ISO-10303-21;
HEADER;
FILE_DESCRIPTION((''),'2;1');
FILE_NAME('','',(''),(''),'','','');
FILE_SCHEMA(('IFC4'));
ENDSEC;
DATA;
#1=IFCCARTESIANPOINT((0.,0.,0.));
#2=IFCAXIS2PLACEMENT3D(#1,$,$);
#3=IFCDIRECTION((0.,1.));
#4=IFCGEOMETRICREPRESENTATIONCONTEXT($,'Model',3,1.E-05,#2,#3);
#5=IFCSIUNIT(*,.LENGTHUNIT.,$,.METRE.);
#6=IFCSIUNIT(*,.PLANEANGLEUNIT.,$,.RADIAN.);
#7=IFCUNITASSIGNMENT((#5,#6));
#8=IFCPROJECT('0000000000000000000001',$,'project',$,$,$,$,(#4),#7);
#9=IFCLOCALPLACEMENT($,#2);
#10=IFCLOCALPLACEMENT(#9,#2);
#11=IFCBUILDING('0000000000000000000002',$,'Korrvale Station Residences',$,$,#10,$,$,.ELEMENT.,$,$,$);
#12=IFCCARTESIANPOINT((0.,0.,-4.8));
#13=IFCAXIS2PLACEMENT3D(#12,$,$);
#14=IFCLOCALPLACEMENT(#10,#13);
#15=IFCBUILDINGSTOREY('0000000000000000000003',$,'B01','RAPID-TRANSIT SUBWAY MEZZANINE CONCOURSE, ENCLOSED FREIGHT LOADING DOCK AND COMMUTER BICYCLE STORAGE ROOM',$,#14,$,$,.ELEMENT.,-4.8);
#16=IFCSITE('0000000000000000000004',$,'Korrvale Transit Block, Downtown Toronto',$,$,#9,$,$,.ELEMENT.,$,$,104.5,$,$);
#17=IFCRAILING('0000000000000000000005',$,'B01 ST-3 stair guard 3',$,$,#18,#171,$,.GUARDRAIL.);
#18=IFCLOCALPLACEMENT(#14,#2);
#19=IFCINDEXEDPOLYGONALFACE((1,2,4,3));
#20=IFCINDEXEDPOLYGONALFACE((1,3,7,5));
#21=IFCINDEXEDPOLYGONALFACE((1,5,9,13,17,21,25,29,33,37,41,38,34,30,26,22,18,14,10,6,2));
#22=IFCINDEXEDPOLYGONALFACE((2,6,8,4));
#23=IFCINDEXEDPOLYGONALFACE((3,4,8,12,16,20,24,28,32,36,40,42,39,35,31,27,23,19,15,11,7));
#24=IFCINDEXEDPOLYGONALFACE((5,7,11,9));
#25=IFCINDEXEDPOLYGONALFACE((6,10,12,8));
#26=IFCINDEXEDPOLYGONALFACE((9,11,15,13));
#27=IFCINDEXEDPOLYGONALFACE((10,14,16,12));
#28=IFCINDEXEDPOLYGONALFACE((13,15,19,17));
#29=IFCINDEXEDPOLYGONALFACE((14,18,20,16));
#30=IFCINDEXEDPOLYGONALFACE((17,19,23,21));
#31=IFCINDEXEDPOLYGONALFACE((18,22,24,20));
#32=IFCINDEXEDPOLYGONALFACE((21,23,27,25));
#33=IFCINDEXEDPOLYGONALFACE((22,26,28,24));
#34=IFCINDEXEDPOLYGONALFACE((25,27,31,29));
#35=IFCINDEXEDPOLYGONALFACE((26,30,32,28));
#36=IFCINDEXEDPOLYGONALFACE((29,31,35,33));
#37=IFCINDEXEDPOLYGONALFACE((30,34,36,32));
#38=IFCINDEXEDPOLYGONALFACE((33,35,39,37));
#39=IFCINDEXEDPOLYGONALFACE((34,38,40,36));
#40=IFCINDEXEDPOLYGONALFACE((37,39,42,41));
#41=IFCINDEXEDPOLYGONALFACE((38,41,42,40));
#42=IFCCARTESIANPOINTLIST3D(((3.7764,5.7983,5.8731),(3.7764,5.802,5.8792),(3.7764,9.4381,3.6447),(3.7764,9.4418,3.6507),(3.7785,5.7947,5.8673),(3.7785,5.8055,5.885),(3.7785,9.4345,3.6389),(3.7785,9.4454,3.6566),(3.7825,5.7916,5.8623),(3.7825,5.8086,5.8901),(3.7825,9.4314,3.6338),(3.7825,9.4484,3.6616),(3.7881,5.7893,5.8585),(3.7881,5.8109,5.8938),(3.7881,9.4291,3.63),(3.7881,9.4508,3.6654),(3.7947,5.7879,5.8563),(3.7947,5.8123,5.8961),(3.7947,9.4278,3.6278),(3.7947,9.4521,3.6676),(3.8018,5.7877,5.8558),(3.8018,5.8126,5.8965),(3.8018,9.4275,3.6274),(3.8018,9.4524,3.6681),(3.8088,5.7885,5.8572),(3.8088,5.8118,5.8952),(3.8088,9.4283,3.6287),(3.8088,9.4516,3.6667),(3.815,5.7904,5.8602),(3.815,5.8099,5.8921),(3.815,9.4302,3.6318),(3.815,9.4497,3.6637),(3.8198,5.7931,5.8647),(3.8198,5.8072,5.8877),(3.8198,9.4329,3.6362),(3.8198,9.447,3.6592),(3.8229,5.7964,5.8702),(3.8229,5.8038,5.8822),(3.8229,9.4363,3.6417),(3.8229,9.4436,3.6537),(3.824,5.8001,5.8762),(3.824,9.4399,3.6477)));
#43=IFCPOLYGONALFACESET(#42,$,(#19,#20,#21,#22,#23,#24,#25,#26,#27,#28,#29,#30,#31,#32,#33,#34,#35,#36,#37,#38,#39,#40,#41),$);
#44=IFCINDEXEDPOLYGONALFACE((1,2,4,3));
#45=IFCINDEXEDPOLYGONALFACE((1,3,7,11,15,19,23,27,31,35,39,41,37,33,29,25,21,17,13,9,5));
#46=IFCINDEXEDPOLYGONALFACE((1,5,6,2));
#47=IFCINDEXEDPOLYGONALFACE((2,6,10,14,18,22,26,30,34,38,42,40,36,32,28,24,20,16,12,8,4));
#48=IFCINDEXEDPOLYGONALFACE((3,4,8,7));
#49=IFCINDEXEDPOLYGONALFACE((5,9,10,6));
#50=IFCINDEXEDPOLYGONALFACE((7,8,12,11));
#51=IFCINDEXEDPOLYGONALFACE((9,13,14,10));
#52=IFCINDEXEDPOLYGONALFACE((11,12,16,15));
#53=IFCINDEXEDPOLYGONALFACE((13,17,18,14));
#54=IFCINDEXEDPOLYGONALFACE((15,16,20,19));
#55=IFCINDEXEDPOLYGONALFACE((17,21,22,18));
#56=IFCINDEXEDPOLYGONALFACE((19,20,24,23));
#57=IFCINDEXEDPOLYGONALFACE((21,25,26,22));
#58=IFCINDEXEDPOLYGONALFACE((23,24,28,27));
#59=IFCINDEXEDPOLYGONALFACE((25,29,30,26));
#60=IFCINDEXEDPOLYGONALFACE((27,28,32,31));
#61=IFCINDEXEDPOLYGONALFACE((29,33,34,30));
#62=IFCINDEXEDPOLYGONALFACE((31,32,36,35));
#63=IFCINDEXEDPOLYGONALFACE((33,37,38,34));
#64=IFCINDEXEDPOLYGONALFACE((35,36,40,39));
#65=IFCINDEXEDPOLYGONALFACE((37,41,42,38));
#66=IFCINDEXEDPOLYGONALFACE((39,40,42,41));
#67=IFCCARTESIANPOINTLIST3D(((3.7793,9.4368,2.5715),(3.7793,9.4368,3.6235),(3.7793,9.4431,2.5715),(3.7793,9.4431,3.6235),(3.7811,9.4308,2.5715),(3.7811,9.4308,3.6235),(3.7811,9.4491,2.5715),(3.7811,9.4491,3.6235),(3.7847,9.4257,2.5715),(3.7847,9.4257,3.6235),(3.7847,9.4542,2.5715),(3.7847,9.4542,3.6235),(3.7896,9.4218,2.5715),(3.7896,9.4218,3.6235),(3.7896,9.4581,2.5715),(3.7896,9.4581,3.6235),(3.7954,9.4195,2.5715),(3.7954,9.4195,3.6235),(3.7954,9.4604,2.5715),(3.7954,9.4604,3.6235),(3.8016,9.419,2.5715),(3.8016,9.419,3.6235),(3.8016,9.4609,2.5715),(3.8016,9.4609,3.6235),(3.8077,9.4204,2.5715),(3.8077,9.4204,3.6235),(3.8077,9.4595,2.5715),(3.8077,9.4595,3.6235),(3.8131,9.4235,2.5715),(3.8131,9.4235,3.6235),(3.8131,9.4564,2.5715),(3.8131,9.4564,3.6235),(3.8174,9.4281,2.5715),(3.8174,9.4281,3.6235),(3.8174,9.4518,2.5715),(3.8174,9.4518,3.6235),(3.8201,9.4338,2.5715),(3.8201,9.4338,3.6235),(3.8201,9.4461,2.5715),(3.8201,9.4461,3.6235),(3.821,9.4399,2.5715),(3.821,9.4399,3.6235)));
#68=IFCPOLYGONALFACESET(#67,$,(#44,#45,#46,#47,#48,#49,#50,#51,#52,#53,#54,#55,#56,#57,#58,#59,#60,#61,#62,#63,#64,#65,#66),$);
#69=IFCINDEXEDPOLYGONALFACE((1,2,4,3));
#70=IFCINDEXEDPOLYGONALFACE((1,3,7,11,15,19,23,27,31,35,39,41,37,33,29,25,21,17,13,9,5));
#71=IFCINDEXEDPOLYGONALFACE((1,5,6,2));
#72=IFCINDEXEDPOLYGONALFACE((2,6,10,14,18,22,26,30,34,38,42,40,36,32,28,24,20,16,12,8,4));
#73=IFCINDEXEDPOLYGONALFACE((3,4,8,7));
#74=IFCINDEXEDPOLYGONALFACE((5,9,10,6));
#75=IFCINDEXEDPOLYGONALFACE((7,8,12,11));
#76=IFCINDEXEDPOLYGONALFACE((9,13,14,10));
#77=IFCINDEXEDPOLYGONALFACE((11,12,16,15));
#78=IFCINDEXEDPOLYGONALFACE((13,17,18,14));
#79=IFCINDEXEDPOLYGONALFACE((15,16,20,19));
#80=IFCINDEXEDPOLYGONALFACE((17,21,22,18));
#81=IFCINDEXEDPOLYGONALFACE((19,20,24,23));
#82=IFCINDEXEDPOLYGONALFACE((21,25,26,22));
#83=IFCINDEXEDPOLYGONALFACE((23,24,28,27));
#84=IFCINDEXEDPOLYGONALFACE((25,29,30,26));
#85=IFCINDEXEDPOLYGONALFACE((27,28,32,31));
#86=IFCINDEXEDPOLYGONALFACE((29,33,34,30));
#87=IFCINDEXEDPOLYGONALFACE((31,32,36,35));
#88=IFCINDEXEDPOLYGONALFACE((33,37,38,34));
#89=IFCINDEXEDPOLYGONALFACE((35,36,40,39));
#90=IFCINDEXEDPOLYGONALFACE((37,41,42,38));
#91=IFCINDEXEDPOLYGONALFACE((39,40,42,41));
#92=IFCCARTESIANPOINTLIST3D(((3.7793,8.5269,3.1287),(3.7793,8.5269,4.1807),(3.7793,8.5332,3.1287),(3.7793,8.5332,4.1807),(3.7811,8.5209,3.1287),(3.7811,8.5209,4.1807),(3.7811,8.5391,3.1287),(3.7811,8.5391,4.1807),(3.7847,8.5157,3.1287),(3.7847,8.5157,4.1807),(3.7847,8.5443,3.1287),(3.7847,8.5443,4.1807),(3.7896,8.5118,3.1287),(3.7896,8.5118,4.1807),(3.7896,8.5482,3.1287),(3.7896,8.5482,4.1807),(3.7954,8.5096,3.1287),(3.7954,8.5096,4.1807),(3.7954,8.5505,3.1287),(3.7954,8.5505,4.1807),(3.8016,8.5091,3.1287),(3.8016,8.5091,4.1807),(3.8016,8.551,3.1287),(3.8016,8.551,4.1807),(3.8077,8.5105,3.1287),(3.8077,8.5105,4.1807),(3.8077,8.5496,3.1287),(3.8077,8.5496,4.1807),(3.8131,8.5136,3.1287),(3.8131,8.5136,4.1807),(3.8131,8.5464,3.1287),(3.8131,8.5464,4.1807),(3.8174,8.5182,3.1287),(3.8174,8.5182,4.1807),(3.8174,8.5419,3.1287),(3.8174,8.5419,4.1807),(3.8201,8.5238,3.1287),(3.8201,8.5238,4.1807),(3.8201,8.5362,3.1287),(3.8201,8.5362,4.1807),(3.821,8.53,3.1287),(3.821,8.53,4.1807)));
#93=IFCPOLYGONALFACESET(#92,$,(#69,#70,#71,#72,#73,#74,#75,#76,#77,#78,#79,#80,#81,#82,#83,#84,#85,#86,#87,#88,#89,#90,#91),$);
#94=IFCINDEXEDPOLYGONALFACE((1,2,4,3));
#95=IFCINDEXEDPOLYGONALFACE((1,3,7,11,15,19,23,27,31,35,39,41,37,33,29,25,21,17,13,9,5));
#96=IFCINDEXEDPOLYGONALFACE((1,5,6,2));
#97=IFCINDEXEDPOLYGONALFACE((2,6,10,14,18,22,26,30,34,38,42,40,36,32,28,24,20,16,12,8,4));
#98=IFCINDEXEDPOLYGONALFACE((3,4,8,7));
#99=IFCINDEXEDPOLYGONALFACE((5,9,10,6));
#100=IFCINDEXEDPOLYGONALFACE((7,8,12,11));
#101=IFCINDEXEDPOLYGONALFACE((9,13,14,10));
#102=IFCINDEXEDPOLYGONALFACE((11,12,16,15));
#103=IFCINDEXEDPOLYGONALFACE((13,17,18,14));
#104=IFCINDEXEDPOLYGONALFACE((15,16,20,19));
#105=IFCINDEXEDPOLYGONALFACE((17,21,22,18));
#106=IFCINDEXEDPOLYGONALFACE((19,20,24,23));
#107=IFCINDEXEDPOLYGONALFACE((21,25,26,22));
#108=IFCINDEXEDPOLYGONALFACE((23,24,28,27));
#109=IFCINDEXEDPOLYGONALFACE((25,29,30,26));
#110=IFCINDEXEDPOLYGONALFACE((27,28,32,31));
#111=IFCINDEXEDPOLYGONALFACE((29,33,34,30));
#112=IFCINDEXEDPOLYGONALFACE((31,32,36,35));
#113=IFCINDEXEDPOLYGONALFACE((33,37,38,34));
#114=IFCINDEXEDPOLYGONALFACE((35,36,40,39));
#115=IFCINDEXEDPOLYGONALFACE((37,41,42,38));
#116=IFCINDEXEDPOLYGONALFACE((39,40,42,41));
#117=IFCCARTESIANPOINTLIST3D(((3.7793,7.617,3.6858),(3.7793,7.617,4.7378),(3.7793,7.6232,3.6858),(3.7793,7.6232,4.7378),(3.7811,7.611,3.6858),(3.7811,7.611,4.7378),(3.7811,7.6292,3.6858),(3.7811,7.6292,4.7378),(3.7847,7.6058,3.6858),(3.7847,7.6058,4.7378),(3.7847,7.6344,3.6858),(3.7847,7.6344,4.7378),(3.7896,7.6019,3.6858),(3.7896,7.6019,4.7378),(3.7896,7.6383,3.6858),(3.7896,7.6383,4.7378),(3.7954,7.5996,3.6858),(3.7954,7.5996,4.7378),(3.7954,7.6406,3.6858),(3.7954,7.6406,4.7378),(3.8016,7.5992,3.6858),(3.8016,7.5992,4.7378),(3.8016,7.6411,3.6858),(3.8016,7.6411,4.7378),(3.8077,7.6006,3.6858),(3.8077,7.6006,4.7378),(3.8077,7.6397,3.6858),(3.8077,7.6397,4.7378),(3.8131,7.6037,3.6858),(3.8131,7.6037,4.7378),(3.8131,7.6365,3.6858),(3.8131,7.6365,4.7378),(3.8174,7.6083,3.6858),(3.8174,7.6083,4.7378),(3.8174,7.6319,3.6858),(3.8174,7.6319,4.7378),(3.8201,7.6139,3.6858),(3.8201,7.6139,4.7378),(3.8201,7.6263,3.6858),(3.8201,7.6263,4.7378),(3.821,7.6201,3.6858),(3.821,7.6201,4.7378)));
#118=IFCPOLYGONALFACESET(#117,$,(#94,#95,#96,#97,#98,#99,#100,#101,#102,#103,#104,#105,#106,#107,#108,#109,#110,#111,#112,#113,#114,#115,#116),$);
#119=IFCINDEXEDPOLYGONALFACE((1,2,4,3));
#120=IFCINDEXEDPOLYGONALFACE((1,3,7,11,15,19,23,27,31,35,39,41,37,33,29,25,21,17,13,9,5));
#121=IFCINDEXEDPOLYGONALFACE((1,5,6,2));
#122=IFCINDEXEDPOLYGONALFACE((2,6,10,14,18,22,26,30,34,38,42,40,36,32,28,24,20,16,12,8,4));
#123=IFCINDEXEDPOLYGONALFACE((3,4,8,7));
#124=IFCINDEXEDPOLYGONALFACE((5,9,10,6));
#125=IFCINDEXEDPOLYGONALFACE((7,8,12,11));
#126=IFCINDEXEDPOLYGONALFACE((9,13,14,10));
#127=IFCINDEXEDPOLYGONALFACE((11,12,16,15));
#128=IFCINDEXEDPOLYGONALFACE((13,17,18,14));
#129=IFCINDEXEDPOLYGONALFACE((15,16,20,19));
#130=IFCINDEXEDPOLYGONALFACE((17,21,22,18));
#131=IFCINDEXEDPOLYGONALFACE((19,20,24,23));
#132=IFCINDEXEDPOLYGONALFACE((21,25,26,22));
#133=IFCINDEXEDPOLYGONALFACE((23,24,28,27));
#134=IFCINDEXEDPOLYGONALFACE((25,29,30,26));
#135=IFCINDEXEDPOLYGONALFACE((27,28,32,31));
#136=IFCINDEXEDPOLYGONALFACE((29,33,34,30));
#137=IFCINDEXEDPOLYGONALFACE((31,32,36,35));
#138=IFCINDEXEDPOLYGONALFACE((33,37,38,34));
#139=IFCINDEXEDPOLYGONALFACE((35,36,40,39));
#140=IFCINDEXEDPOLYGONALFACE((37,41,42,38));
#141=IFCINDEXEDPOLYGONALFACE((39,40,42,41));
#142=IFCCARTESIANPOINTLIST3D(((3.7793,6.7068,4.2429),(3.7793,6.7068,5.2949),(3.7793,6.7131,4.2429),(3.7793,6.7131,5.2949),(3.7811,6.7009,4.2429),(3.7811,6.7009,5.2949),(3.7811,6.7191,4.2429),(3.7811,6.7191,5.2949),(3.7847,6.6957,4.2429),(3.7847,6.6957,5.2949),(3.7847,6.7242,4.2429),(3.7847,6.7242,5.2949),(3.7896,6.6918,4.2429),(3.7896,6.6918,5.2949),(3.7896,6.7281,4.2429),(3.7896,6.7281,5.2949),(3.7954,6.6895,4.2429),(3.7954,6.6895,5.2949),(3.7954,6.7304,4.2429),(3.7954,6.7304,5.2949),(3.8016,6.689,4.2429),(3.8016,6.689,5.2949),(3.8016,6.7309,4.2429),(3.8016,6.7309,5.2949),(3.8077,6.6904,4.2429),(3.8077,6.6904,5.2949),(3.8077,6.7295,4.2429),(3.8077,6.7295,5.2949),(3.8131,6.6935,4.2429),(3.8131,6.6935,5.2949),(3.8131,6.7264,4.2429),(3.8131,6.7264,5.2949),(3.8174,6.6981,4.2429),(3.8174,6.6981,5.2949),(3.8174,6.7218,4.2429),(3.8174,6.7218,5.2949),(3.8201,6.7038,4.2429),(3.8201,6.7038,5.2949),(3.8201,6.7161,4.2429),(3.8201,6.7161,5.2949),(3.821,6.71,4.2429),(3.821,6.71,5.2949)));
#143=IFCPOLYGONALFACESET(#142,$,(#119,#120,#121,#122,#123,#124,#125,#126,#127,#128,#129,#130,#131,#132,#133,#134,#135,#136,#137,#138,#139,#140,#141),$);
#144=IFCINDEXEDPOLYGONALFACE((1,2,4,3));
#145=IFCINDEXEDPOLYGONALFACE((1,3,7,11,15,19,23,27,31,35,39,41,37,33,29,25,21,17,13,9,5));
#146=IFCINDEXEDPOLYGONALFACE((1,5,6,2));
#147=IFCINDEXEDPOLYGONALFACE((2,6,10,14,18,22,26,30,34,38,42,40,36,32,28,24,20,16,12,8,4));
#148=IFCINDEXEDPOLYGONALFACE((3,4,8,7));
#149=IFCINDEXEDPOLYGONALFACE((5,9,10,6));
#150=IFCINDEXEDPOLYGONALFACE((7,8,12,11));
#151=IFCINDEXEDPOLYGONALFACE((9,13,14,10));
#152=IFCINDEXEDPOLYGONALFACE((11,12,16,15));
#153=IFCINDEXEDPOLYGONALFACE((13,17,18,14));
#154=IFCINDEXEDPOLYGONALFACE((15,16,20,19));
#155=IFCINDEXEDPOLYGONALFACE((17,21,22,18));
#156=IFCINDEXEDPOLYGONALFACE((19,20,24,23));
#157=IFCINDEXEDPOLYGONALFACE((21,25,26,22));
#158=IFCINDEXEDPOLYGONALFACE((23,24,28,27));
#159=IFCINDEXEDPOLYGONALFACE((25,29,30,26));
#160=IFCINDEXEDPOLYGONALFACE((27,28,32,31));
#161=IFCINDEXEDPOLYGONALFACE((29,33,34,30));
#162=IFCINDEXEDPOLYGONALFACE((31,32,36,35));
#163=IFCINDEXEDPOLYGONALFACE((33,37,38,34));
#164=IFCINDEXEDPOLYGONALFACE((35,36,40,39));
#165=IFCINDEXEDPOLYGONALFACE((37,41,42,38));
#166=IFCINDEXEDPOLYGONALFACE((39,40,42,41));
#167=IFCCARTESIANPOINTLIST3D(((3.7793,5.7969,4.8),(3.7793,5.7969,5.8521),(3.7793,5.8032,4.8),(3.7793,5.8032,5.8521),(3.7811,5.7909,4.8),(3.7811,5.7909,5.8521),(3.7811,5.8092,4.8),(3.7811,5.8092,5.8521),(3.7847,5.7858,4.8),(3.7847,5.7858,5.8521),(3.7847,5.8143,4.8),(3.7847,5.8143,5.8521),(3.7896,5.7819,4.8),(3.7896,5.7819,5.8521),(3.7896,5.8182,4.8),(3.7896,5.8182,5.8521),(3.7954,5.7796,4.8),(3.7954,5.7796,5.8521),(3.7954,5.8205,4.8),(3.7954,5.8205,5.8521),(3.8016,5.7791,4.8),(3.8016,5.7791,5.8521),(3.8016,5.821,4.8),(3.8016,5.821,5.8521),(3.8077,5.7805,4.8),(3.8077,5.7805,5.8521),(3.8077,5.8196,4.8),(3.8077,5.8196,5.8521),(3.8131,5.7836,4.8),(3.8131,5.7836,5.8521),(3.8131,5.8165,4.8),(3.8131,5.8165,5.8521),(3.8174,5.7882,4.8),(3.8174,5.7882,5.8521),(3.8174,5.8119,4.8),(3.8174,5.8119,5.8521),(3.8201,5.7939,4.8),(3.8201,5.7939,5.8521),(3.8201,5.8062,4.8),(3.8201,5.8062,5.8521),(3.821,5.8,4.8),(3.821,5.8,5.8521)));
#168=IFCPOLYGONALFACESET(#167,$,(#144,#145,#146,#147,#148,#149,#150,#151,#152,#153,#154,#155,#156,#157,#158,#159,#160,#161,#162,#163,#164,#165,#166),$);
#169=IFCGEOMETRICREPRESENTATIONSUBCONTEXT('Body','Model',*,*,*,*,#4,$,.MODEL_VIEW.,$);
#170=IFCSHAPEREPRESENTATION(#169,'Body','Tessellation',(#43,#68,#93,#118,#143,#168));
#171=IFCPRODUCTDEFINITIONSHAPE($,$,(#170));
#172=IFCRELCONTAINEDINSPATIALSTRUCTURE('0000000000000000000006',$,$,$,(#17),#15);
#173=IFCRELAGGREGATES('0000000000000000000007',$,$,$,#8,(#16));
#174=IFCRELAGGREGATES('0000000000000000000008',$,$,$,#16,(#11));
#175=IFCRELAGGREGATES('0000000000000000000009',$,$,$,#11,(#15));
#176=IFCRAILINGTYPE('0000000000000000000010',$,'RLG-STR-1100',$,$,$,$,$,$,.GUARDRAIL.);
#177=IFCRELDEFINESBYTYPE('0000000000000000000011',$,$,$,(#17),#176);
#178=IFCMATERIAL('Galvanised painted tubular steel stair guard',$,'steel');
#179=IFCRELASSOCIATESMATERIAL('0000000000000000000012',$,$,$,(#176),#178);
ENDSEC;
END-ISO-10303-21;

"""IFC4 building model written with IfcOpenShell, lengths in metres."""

from ifc_helpers import new_model, si_unit, direction, frame, origin, origin_2d, place, context, subcontext, project, spatial, circle, extrude, material, type_object, element, save


model = new_model("IFC4")

# Units and contexts
model_context = context("Model", 3, precision=1e-05, world=origin(), true_north=direction((0.0, 1.0)))
body_context = subcontext(model_context, "Body", "Model", "MODEL_VIEW")
ifc_project = project(units=[si_unit("LENGTHUNIT", "METRE"), si_unit("PLANEANGLEUNIT", "RADIAN")], contexts=[model_context])

# Site, building, storey
site_placement = place(None, origin())
site = spatial("IfcSite", under=ifc_project, at=site_placement, Name="Korrvale Transit Block, Downtown Toronto", CompositionType="ELEMENT", RefElevation=104.5)
building_placement = place(site_placement, origin())
building = spatial("IfcBuilding", under=site, at=building_placement, Name="Korrvale Station Residences", CompositionType="ELEMENT")
storey_placement = place(building_placement, frame((0.0, 0.0, -4.8)))
storey = spatial("IfcBuildingStorey", under=building, at=storey_placement, Name="B01", Description="RAPID-TRANSIT SUBWAY MEZZANINE CONCOURSE, ENCLOSED FREIGHT LOADING DOCK AND COMMUTER BICYCLE STORAGE ROOM", CompositionType="ELEMENT", Elevation=-4.8)

# Railing
ifc_material_1 = material(Name="Galvanised painted tubular steel stair guard", Category="steel")
railing_type_1 = type_object("IfcRailingType", Name="RLG-STR-1100", PredefinedType="GUARDRAIL", material=ifc_material_1)
railing_1_placement = place(storey_placement, frame((3.8, 9.4399, 2.5715)))
element("IfcRailing", 1, at=railing_1_placement, inside=storey, type_object=railing_type_1, Name="B01 ST-3 stair guard 3", PredefinedType="GUARDRAIL", context=body_context, shape_type="SweptSolid", body=[
    extrude(circle(Radius=0.0239, at=origin_2d()), frame((0.0, 0.0, 1.0762), z_axis=(0.0, -0.85285, 0.522156), x_axis=(1.0, 0.0, 0.0)), (0.0, 0.0, 1.0), 4.2678),
    extrude(circle(Radius=0.021, at=origin_2d()), origin(), (0.0, 0.0, 1.0), 1.052),
    extrude(circle(Radius=0.021, at=origin_2d()), frame((0.0, -0.9099, 0.5571)), (0.0, 0.0, 1.0), 1.052),
    extrude(circle(Radius=0.021, at=origin_2d()), frame((0.0, -1.8198, 1.1143)), (0.0, 0.0, 1.0), 1.052),
    extrude(circle(Radius=0.021, at=origin_2d()), frame((0.0, -2.73, 1.6714)), (0.0, 0.0, 1.0), 1.052),
    extrude(circle(Radius=0.021, at=origin_2d()), frame((0.0, -3.6399, 2.2285)), (0.0, 0.0, 1.0), 1.052),
])

save(model, "model.ifc")
